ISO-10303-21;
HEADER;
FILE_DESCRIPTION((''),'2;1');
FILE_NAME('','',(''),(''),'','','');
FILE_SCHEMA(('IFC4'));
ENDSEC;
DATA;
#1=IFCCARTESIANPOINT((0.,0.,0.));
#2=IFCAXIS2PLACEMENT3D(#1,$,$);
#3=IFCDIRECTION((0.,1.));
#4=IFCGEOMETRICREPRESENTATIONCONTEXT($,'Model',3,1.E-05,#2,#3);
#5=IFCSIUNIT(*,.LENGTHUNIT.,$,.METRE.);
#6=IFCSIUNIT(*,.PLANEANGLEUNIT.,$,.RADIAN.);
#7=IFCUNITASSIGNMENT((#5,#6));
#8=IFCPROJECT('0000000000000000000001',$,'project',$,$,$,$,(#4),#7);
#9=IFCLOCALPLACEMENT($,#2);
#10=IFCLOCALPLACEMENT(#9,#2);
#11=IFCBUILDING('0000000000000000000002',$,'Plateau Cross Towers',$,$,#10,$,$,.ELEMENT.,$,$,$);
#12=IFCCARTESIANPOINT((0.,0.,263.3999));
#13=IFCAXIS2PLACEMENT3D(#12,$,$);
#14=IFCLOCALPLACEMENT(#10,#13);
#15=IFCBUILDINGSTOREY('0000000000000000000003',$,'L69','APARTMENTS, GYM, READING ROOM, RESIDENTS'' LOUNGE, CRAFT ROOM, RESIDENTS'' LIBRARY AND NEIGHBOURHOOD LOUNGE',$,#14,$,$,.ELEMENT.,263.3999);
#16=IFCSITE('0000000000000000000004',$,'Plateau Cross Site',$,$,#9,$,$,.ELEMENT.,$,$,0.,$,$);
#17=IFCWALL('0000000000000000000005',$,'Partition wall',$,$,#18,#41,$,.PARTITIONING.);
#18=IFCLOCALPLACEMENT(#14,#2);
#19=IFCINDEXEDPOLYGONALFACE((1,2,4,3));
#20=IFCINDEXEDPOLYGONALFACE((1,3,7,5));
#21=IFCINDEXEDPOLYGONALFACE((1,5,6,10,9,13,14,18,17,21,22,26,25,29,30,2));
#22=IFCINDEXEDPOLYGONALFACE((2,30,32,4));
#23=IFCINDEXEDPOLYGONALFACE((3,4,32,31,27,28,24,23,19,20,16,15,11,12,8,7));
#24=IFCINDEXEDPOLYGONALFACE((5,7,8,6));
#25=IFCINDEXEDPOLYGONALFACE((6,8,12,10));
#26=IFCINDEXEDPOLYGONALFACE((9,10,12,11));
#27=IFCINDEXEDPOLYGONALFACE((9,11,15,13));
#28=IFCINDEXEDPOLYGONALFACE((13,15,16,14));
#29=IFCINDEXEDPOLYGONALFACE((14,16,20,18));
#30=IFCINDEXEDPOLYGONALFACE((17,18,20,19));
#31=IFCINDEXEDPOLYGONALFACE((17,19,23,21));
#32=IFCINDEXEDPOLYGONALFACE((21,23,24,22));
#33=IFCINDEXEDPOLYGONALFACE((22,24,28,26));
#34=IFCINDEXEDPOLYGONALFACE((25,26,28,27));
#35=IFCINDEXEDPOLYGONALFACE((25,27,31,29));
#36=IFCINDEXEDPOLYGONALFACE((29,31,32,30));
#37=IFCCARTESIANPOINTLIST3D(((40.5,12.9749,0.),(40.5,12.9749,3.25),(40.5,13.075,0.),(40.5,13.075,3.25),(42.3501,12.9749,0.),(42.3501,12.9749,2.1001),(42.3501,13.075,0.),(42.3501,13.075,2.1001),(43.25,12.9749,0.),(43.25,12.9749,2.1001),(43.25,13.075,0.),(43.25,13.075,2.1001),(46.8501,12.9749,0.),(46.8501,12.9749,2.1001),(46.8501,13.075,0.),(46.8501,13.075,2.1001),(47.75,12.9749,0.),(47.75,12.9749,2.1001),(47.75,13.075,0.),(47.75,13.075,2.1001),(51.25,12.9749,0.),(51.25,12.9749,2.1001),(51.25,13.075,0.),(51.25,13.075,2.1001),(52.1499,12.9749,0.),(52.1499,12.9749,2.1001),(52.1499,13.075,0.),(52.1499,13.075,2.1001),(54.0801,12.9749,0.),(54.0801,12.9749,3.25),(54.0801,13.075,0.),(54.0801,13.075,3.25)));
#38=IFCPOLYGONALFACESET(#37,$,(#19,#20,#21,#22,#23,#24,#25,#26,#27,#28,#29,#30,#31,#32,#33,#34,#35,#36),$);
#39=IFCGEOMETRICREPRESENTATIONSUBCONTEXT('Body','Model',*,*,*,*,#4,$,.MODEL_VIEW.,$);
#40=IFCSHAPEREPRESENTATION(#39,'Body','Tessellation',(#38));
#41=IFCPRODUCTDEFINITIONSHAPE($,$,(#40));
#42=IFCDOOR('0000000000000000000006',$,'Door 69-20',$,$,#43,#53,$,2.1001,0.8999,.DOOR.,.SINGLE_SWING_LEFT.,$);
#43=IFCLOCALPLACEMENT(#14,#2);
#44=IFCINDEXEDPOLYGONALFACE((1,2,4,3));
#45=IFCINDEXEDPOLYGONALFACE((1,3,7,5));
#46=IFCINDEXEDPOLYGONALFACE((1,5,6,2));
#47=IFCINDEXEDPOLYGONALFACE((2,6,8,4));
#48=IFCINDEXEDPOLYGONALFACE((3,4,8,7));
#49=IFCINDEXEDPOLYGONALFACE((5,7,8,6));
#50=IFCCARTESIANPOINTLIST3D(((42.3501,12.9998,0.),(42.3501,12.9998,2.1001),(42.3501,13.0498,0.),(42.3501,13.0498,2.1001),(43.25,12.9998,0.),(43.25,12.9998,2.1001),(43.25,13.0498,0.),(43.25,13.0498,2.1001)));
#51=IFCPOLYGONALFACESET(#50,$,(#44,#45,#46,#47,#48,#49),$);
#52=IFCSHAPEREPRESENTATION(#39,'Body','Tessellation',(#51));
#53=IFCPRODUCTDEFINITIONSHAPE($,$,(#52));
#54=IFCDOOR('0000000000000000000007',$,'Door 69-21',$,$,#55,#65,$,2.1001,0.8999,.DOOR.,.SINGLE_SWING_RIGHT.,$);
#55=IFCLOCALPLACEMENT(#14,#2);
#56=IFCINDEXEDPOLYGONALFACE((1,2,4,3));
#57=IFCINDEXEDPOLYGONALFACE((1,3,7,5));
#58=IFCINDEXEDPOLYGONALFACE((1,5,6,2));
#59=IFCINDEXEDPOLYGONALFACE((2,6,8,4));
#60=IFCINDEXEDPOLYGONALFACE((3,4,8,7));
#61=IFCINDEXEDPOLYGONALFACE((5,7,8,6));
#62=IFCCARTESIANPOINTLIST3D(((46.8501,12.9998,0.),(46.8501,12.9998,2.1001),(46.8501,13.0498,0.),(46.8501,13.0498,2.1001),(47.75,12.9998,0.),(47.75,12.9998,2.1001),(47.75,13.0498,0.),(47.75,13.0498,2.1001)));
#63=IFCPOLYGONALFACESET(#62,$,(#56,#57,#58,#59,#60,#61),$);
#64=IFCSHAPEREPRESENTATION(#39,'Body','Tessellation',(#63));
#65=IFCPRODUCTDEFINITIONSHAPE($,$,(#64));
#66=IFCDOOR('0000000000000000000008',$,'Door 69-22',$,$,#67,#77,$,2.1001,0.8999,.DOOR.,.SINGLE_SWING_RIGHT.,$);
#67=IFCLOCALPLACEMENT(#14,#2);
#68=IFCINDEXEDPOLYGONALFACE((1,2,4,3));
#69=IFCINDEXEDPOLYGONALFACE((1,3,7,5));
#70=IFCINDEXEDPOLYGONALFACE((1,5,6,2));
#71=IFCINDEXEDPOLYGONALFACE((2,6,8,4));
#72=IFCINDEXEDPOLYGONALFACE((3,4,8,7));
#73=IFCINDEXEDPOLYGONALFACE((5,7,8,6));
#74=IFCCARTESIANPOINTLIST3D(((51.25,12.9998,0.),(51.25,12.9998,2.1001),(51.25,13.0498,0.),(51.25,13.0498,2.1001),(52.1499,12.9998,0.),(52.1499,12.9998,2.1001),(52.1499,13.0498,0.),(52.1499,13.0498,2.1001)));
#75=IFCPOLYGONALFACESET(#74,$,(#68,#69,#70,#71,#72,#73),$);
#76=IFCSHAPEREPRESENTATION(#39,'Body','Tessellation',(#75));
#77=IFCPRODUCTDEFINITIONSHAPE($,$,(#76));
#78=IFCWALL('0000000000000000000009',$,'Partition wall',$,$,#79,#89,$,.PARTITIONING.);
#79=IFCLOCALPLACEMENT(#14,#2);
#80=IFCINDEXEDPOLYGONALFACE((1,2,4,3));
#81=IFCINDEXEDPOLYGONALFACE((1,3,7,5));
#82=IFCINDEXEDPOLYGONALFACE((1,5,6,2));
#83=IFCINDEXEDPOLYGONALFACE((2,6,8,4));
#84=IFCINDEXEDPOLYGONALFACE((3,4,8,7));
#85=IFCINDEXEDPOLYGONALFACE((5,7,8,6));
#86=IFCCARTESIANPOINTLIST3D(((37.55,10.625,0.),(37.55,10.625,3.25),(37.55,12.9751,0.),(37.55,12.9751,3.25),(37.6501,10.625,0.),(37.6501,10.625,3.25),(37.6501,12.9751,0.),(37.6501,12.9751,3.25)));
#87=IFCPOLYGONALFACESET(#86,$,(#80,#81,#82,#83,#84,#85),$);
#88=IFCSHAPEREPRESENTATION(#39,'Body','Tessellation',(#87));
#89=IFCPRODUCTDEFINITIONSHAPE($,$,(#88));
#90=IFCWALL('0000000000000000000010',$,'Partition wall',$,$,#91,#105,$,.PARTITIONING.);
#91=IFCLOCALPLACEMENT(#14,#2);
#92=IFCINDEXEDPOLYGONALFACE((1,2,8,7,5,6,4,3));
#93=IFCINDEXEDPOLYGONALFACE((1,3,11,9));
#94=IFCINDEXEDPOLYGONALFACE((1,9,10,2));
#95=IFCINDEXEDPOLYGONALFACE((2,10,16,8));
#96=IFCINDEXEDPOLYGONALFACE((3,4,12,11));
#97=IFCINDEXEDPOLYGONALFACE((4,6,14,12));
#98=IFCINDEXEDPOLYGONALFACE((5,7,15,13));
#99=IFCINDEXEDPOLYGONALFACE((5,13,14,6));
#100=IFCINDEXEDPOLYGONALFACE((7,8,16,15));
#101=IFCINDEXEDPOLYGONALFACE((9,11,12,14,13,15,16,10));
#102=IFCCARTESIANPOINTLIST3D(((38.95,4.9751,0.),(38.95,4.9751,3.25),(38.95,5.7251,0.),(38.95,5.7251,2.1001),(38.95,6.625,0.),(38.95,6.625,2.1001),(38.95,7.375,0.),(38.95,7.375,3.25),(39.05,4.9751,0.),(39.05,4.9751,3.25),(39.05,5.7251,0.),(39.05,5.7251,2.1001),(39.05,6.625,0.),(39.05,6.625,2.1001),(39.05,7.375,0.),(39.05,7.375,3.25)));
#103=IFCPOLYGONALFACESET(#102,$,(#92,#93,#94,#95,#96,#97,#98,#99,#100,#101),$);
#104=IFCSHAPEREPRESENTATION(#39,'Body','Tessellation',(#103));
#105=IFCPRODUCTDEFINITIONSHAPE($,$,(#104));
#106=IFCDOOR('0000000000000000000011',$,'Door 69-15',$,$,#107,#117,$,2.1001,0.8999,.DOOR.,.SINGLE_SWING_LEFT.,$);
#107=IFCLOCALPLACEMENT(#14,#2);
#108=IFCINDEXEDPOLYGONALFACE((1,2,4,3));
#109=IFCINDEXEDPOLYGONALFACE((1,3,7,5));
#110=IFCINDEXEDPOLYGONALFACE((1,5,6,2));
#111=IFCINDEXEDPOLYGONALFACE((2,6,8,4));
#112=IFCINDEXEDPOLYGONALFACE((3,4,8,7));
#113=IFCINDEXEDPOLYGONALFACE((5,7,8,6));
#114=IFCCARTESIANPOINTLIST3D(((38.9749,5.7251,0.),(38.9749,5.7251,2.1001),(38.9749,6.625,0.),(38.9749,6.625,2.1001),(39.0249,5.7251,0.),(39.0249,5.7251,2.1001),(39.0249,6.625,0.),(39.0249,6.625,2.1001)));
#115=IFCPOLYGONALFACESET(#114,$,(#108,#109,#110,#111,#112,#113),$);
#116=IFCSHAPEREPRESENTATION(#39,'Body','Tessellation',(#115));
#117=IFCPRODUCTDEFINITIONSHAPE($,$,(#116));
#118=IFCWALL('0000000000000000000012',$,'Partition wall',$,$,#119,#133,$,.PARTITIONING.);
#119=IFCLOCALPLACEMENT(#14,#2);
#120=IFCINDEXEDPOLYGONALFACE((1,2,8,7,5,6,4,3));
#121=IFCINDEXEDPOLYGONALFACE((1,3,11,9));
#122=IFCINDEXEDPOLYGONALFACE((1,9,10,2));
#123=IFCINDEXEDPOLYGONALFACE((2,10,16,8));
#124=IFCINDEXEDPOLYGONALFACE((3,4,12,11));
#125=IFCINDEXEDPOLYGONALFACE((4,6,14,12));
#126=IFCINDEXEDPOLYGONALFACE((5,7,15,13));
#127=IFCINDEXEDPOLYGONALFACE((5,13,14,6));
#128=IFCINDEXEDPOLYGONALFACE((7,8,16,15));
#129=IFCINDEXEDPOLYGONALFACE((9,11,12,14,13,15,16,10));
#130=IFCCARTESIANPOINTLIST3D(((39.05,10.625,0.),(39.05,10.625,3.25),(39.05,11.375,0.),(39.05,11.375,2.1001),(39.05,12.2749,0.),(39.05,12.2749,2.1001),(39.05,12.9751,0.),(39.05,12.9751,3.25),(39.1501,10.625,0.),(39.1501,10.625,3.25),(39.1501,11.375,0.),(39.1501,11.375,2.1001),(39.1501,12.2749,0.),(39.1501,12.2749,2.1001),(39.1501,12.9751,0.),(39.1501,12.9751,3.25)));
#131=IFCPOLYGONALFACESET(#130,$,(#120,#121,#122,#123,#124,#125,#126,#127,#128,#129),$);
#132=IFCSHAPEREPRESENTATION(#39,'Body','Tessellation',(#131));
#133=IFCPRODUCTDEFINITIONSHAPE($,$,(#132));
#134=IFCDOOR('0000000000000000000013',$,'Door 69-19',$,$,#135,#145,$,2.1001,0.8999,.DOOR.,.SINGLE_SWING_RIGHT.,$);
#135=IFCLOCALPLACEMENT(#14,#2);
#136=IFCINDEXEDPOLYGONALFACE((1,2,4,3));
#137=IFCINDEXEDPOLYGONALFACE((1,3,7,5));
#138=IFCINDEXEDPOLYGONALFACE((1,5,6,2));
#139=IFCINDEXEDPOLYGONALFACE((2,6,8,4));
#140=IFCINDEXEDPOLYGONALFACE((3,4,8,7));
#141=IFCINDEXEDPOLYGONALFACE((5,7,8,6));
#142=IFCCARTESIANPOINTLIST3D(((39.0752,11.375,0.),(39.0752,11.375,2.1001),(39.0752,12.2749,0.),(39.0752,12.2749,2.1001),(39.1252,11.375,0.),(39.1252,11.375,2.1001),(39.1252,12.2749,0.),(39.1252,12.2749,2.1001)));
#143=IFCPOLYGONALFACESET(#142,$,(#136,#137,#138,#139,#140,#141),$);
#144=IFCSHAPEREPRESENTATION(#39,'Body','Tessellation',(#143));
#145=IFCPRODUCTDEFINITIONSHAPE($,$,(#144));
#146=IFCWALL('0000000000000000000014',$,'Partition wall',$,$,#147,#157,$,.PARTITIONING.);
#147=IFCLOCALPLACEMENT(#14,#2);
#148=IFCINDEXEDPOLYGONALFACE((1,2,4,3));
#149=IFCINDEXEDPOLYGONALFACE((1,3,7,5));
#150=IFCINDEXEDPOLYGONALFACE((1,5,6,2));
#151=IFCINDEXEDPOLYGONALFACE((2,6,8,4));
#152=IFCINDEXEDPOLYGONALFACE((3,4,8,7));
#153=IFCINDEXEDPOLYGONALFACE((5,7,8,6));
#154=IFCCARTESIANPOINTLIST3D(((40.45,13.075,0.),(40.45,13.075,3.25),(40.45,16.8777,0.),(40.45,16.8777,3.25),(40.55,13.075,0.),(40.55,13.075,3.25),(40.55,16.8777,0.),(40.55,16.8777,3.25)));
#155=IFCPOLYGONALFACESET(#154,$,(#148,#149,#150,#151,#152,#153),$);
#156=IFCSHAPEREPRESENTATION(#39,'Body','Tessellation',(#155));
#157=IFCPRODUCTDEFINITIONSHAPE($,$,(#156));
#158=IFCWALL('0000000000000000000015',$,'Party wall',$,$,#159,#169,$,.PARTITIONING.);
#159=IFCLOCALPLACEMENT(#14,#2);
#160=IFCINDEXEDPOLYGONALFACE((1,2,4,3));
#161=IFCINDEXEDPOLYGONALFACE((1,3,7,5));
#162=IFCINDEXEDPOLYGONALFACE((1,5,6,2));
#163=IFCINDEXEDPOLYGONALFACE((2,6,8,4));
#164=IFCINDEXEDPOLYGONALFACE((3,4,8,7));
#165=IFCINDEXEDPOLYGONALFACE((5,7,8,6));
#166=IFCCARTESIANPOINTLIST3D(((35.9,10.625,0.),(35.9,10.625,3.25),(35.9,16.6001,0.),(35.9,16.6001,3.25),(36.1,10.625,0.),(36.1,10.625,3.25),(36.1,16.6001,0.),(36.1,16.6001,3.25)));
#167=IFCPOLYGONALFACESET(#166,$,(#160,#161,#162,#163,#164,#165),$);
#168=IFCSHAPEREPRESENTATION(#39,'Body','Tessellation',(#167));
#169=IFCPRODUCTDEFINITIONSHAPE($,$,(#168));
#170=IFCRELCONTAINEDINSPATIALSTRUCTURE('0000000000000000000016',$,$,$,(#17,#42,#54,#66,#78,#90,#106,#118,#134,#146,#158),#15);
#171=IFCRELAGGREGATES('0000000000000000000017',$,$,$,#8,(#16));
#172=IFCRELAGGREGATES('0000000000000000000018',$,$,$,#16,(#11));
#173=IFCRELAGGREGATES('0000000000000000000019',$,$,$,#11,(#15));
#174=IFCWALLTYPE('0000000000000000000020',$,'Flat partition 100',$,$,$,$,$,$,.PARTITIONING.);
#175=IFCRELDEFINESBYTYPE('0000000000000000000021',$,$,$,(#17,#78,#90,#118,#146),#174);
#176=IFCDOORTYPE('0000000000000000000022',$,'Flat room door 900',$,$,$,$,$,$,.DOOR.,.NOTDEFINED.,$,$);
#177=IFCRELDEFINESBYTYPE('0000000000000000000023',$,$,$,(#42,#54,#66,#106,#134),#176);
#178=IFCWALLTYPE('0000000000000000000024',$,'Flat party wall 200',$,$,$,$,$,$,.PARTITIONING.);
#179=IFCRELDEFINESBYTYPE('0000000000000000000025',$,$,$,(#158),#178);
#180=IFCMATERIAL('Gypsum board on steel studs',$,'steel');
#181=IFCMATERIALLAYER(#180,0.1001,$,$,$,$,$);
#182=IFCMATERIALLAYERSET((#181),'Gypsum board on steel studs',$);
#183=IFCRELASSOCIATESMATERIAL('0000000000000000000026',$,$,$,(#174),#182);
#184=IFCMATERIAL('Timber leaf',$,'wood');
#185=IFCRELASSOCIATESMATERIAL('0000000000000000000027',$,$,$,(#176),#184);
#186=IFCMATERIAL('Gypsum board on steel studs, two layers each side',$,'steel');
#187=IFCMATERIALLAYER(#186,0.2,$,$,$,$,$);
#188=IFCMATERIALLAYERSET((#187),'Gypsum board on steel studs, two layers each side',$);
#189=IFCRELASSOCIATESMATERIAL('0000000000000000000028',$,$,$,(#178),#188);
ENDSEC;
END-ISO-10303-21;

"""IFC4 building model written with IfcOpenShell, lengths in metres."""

from ifc_helpers import new_model, si_unit, direction, frame, frame_2d, origin, place, context, subcontext, project, spatial, rectangle, extrude, material, layer, layer_set, type_object, element, fill, save


model = new_model("IFC4")

# Units and contexts
model_context = context("Model", 3, precision=1e-05, world=origin(), true_north=direction((0.0, 1.0)))
body_context = subcontext(model_context, "Body", "Model", "MODEL_VIEW")
ifc_project = project(units=[si_unit("LENGTHUNIT", "METRE"), si_unit("PLANEANGLEUNIT", "RADIAN")], contexts=[model_context])

# Site, building, storey
site_placement = place(None, origin())
site = spatial("IfcSite", under=ifc_project, at=site_placement, Name="Plateau Cross Site", CompositionType="ELEMENT", RefElevation=0.0)
building_placement = place(site_placement, origin())
building = spatial("IfcBuilding", under=site, at=building_placement, Name="Plateau Cross Towers", CompositionType="ELEMENT")
storey_placement = place(building_placement, frame((0.0, 0.0, 263.3999)))
storey = spatial("IfcBuildingStorey", under=building, at=storey_placement, Name="L69", Description="APARTMENTS, GYM, READING ROOM, RESIDENTS' LOUNGE, CRAFT ROOM, RESIDENTS' LIBRARY AND NEIGHBOURHOOD LOUNGE", CompositionType="ELEMENT", Elevation=263.3999)

# Shared definitions
ifc_material_1 = material(Name="Gypsum board on steel studs", Category="steel")
ifc_layer_1 = layer(ifc_material_1, 0.1001)
ifc_layer_set_1 = layer_set([ifc_layer_1], Name="Gypsum board on steel studs")
wall_type_1 = type_object("IfcWallType", Name="Flat partition 100", PredefinedType="PARTITIONING", material=ifc_layer_set_1)
ifc_material_2 = material(Name="Timber leaf", Category="wood")
door_type_1 = type_object("IfcDoorType", Name="Flat room door 900", OperationType="NOTDEFINED", PredefinedType="DOOR", material=ifc_material_2)

# Wall, openings, doors
wall_1_placement = place(storey_placement, frame((40.5, 13.0249, 0.0), z_axis=(0.0, 0.0, 1.0), x_axis=(1.0, 0.0, 0.0)))
wall_1 = element("IfcWall", 1, at=wall_1_placement, inside=storey, type_object=wall_type_1, Name="Partition wall", PredefinedType="PARTITIONING", context=body_context, shape_type="SweptSolid", body=[
    extrude(rectangle(XDim=13.5801, YDim=0.1001, at=frame_2d((6.79, 0.0))), origin(), (0.0, 0.0, 1.0), 3.25),
])
opening_1_placement = place(wall_1_placement, frame((1.8501, 0.0, 0.0)))
opening_1 = element("IfcOpeningElement", 2, at=opening_1_placement, cuts=wall_1, PredefinedType="OPENING", context=body_context, shape_type="SweptSolid", body=[
    extrude(rectangle(XDim=0.8999, YDim=2.1001, at=frame_2d((0.45, 1.05))), frame((0.0, 0.0601, 0.0), z_axis=(0.0, -1.0, 0.0), x_axis=(1.0, 0.0, 0.0)), (0.0, 0.0, 1.0), 0.1201),
])
opening_2_placement = place(wall_1_placement, frame((6.3501, 0.0, 0.0)))
opening_2 = element("IfcOpeningElement", 3, at=opening_2_placement, cuts=wall_1, PredefinedType="OPENING", context=body_context, shape_type="SweptSolid", body=[
    extrude(rectangle(XDim=0.8999, YDim=2.1001, at=frame_2d((0.45, 1.05))), frame((0.0, 0.0601, 0.0), z_axis=(0.0, -1.0, 0.0), x_axis=(1.0, 0.0, 0.0)), (0.0, 0.0, 1.0), 0.1201),
])
opening_3_placement = place(wall_1_placement, frame((10.75, 0.0, 0.0)))
opening_3 = element("IfcOpeningElement", 4, at=opening_3_placement, cuts=wall_1, PredefinedType="OPENING", context=body_context, shape_type="SweptSolid", body=[
    extrude(rectangle(XDim=0.8999, YDim=2.1001, at=frame_2d((0.45, 1.05))), frame((0.0, 0.0601, 0.0), z_axis=(0.0, -1.0, 0.0), x_axis=(1.0, 0.0, 0.0)), (0.0, 0.0, 1.0), 0.1201),
])
door_1_placement = place(opening_1_placement, origin())
door_1 = element("IfcDoor", 5, at=door_1_placement, inside=storey, type_object=door_type_1, Name="Door 69-20", OperationType="SINGLE_SWING_LEFT", OverallHeight=2.1001, OverallWidth=0.8999, PredefinedType="DOOR", context=body_context, shape_type="SweptSolid", body=[
    extrude(rectangle(XDim=0.8999, YDim=2.1001, at=frame_2d((0.45, 1.05))), frame((0.0, 0.0249, 0.0), z_axis=(0.0, -1.0, 0.0), x_axis=(1.0, 0.0, 0.0)), (0.0, 0.0, 1.0), 0.05),
])
fill(opening_1, door_1)
door_2_placement = place(opening_2_placement, origin())
door_2 = element("IfcDoor", 6, at=door_2_placement, inside=storey, type_object=door_type_1, Name="Door 69-21", OperationType="SINGLE_SWING_RIGHT", OverallHeight=2.1001, OverallWidth=0.8999, PredefinedType="DOOR", context=body_context, shape_type="SweptSolid", body=[
    extrude(rectangle(XDim=0.8999, YDim=2.1001, at=frame_2d((0.45, 1.05))), frame((0.0, 0.0249, 0.0), z_axis=(0.0, -1.0, 0.0), x_axis=(1.0, 0.0, 0.0)), (0.0, 0.0, 1.0), 0.05),
])
fill(opening_2, door_2)
door_3_placement = place(opening_3_placement, origin())
door_3 = element("IfcDoor", 7, at=door_3_placement, inside=storey, type_object=door_type_1, Name="Door 69-22", OperationType="SINGLE_SWING_RIGHT", OverallHeight=2.1001, OverallWidth=0.8999, PredefinedType="DOOR", context=body_context, shape_type="SweptSolid", body=[
    extrude(rectangle(XDim=0.8999, YDim=2.1001, at=frame_2d((0.45, 1.05))), frame((0.0, 0.0249, 0.0), z_axis=(0.0, -1.0, 0.0), x_axis=(1.0, 0.0, 0.0)), (0.0, 0.0, 1.0), 0.05),
])
fill(opening_3, door_3)

# Wall
wall_2_placement = place(storey_placement, frame((37.6001, 10.625, 0.0), z_axis=(0.0, 0.0, 1.0), x_axis=(0.0, 1.0, 0.0)))
element("IfcWall", 8, at=wall_2_placement, inside=storey, type_object=wall_type_1, Name="Partition wall", PredefinedType="PARTITIONING", context=body_context, shape_type="SweptSolid", body=[
    extrude(rectangle(XDim=2.3501, YDim=0.1001, at=frame_2d((1.175, 0.0))), origin(), (0.0, 0.0, 1.0), 3.25),
])

# Walls, openings, doors
wall_3_placement = place(storey_placement, frame((39.0, 7.375, 0.0), z_axis=(0.0, 0.0, 1.0), x_axis=(0.0, -1.0, 0.0)))
wall_3 = element("IfcWall", 9, at=wall_3_placement, inside=storey, type_object=wall_type_1, Name="Partition wall", PredefinedType="PARTITIONING", context=body_context, shape_type="SweptSolid", body=[
    extrude(rectangle(XDim=2.3999, YDim=0.1001, at=frame_2d((1.2, 0.0))), origin(), (0.0, 0.0, 1.0), 3.25),
])
opening_4_placement = place(wall_3_placement, frame((0.75, 0.0, 0.0)))
opening_4 = element("IfcOpeningElement", 10, at=opening_4_placement, cuts=wall_3, PredefinedType="OPENING", context=body_context, shape_type="SweptSolid", body=[
    extrude(rectangle(XDim=0.8999, YDim=2.1001, at=frame_2d((0.45, 1.05))), frame((0.0, 0.0601, 0.0), z_axis=(0.0, -1.0, 0.0), x_axis=(1.0, 0.0, 0.0)), (0.0, 0.0, 1.0), 0.1201),
])
door_4_placement = place(opening_4_placement, origin())
door_4 = element("IfcDoor", 11, at=door_4_placement, inside=storey, type_object=door_type_1, Name="Door 69-15", OperationType="SINGLE_SWING_LEFT", OverallHeight=2.1001, OverallWidth=0.8999, PredefinedType="DOOR", context=body_context, shape_type="SweptSolid", body=[
    extrude(rectangle(XDim=0.8999, YDim=2.1001, at=frame_2d((0.45, 1.05))), frame((0.0, 0.0249, 0.0), z_axis=(0.0, -1.0, 0.0), x_axis=(1.0, 0.0, 0.0)), (0.0, 0.0, 1.0), 0.05),
])
fill(opening_4, door_4)
wall_4_placement = place(storey_placement, frame((39.1001, 10.625, 0.0), z_axis=(0.0, 0.0, 1.0), x_axis=(0.0, 1.0, 0.0)))
wall_4 = element("IfcWall", 12, at=wall_4_placement, inside=storey, type_object=wall_type_1, Name="Partition wall", PredefinedType="PARTITIONING", context=body_context, shape_type="SweptSolid", body=[
    extrude(rectangle(XDim=2.3501, YDim=0.1001, at=frame_2d((1.175, 0.0))), origin(), (0.0, 0.0, 1.0), 3.25),
])
opening_5_placement = place(wall_4_placement, frame((0.75, 0.0, 0.0)))
opening_5 = element("IfcOpeningElement", 13, at=opening_5_placement, cuts=wall_4, PredefinedType="OPENING", context=body_context, shape_type="SweptSolid", body=[
    extrude(rectangle(XDim=0.8999, YDim=2.1001, at=frame_2d((0.45, 1.05))), frame((0.0, 0.0601, 0.0), z_axis=(0.0, -1.0, 0.0), x_axis=(1.0, 0.0, 0.0)), (0.0, 0.0, 1.0), 0.1201),
])
door_5_placement = place(opening_5_placement, origin())
door_5 = element("IfcDoor", 14, at=door_5_placement, inside=storey, type_object=door_type_1, Name="Door 69-19", OperationType="SINGLE_SWING_RIGHT", OverallHeight=2.1001, OverallWidth=0.8999, PredefinedType="DOOR", context=body_context, shape_type="SweptSolid", body=[
    extrude(rectangle(XDim=0.8999, YDim=2.1001, at=frame_2d((0.45, 1.05))), frame((0.0, 0.0249, 0.0), z_axis=(0.0, -1.0, 0.0), x_axis=(1.0, 0.0, 0.0)), (0.0, 0.0, 1.0), 0.05),
])
fill(opening_5, door_5)

# Walls
wall_5_placement = place(storey_placement, frame((40.5, 16.8777, 0.0), z_axis=(0.0, 0.0, 1.0), x_axis=(0.0, -1.0, 0.0)))
element("IfcWall", 15, at=wall_5_placement, inside=storey, type_object=wall_type_1, Name="Partition wall", PredefinedType="PARTITIONING", context=body_context, shape_type="SweptSolid", body=[
    extrude(rectangle(XDim=3.8027, YDim=0.1001, at=frame_2d((1.9014, 0.0))), origin(), (0.0, 0.0, 1.0), 3.25),
])
ifc_material_3 = material(Name="Gypsum board on steel studs, two layers each side", Category="steel")
ifc_layer_2 = layer(ifc_material_3, 0.2)
ifc_layer_set_2 = layer_set([ifc_layer_2], Name="Gypsum board on steel studs, two layers each side")
wall_type_2 = type_object("IfcWallType", Name="Flat party wall 200", PredefinedType="PARTITIONING", material=ifc_layer_set_2)
wall_6_placement = place(storey_placement, frame((36.0, 10.625, 0.0), z_axis=(0.0, 0.0, 1.0), x_axis=(0.0, 1.0, 0.0)))
element("IfcWall", 16, at=wall_6_placement, inside=storey, type_object=wall_type_2, Name="Party wall", PredefinedType="PARTITIONING", context=body_context, shape_type="SweptSolid", body=[
    extrude(rectangle(XDim=5.9751, YDim=0.2, at=frame_2d((2.9875, 0.0))), origin(), (0.0, 0.0, 1.0), 3.25),
])

save(model, "model.ifc")
